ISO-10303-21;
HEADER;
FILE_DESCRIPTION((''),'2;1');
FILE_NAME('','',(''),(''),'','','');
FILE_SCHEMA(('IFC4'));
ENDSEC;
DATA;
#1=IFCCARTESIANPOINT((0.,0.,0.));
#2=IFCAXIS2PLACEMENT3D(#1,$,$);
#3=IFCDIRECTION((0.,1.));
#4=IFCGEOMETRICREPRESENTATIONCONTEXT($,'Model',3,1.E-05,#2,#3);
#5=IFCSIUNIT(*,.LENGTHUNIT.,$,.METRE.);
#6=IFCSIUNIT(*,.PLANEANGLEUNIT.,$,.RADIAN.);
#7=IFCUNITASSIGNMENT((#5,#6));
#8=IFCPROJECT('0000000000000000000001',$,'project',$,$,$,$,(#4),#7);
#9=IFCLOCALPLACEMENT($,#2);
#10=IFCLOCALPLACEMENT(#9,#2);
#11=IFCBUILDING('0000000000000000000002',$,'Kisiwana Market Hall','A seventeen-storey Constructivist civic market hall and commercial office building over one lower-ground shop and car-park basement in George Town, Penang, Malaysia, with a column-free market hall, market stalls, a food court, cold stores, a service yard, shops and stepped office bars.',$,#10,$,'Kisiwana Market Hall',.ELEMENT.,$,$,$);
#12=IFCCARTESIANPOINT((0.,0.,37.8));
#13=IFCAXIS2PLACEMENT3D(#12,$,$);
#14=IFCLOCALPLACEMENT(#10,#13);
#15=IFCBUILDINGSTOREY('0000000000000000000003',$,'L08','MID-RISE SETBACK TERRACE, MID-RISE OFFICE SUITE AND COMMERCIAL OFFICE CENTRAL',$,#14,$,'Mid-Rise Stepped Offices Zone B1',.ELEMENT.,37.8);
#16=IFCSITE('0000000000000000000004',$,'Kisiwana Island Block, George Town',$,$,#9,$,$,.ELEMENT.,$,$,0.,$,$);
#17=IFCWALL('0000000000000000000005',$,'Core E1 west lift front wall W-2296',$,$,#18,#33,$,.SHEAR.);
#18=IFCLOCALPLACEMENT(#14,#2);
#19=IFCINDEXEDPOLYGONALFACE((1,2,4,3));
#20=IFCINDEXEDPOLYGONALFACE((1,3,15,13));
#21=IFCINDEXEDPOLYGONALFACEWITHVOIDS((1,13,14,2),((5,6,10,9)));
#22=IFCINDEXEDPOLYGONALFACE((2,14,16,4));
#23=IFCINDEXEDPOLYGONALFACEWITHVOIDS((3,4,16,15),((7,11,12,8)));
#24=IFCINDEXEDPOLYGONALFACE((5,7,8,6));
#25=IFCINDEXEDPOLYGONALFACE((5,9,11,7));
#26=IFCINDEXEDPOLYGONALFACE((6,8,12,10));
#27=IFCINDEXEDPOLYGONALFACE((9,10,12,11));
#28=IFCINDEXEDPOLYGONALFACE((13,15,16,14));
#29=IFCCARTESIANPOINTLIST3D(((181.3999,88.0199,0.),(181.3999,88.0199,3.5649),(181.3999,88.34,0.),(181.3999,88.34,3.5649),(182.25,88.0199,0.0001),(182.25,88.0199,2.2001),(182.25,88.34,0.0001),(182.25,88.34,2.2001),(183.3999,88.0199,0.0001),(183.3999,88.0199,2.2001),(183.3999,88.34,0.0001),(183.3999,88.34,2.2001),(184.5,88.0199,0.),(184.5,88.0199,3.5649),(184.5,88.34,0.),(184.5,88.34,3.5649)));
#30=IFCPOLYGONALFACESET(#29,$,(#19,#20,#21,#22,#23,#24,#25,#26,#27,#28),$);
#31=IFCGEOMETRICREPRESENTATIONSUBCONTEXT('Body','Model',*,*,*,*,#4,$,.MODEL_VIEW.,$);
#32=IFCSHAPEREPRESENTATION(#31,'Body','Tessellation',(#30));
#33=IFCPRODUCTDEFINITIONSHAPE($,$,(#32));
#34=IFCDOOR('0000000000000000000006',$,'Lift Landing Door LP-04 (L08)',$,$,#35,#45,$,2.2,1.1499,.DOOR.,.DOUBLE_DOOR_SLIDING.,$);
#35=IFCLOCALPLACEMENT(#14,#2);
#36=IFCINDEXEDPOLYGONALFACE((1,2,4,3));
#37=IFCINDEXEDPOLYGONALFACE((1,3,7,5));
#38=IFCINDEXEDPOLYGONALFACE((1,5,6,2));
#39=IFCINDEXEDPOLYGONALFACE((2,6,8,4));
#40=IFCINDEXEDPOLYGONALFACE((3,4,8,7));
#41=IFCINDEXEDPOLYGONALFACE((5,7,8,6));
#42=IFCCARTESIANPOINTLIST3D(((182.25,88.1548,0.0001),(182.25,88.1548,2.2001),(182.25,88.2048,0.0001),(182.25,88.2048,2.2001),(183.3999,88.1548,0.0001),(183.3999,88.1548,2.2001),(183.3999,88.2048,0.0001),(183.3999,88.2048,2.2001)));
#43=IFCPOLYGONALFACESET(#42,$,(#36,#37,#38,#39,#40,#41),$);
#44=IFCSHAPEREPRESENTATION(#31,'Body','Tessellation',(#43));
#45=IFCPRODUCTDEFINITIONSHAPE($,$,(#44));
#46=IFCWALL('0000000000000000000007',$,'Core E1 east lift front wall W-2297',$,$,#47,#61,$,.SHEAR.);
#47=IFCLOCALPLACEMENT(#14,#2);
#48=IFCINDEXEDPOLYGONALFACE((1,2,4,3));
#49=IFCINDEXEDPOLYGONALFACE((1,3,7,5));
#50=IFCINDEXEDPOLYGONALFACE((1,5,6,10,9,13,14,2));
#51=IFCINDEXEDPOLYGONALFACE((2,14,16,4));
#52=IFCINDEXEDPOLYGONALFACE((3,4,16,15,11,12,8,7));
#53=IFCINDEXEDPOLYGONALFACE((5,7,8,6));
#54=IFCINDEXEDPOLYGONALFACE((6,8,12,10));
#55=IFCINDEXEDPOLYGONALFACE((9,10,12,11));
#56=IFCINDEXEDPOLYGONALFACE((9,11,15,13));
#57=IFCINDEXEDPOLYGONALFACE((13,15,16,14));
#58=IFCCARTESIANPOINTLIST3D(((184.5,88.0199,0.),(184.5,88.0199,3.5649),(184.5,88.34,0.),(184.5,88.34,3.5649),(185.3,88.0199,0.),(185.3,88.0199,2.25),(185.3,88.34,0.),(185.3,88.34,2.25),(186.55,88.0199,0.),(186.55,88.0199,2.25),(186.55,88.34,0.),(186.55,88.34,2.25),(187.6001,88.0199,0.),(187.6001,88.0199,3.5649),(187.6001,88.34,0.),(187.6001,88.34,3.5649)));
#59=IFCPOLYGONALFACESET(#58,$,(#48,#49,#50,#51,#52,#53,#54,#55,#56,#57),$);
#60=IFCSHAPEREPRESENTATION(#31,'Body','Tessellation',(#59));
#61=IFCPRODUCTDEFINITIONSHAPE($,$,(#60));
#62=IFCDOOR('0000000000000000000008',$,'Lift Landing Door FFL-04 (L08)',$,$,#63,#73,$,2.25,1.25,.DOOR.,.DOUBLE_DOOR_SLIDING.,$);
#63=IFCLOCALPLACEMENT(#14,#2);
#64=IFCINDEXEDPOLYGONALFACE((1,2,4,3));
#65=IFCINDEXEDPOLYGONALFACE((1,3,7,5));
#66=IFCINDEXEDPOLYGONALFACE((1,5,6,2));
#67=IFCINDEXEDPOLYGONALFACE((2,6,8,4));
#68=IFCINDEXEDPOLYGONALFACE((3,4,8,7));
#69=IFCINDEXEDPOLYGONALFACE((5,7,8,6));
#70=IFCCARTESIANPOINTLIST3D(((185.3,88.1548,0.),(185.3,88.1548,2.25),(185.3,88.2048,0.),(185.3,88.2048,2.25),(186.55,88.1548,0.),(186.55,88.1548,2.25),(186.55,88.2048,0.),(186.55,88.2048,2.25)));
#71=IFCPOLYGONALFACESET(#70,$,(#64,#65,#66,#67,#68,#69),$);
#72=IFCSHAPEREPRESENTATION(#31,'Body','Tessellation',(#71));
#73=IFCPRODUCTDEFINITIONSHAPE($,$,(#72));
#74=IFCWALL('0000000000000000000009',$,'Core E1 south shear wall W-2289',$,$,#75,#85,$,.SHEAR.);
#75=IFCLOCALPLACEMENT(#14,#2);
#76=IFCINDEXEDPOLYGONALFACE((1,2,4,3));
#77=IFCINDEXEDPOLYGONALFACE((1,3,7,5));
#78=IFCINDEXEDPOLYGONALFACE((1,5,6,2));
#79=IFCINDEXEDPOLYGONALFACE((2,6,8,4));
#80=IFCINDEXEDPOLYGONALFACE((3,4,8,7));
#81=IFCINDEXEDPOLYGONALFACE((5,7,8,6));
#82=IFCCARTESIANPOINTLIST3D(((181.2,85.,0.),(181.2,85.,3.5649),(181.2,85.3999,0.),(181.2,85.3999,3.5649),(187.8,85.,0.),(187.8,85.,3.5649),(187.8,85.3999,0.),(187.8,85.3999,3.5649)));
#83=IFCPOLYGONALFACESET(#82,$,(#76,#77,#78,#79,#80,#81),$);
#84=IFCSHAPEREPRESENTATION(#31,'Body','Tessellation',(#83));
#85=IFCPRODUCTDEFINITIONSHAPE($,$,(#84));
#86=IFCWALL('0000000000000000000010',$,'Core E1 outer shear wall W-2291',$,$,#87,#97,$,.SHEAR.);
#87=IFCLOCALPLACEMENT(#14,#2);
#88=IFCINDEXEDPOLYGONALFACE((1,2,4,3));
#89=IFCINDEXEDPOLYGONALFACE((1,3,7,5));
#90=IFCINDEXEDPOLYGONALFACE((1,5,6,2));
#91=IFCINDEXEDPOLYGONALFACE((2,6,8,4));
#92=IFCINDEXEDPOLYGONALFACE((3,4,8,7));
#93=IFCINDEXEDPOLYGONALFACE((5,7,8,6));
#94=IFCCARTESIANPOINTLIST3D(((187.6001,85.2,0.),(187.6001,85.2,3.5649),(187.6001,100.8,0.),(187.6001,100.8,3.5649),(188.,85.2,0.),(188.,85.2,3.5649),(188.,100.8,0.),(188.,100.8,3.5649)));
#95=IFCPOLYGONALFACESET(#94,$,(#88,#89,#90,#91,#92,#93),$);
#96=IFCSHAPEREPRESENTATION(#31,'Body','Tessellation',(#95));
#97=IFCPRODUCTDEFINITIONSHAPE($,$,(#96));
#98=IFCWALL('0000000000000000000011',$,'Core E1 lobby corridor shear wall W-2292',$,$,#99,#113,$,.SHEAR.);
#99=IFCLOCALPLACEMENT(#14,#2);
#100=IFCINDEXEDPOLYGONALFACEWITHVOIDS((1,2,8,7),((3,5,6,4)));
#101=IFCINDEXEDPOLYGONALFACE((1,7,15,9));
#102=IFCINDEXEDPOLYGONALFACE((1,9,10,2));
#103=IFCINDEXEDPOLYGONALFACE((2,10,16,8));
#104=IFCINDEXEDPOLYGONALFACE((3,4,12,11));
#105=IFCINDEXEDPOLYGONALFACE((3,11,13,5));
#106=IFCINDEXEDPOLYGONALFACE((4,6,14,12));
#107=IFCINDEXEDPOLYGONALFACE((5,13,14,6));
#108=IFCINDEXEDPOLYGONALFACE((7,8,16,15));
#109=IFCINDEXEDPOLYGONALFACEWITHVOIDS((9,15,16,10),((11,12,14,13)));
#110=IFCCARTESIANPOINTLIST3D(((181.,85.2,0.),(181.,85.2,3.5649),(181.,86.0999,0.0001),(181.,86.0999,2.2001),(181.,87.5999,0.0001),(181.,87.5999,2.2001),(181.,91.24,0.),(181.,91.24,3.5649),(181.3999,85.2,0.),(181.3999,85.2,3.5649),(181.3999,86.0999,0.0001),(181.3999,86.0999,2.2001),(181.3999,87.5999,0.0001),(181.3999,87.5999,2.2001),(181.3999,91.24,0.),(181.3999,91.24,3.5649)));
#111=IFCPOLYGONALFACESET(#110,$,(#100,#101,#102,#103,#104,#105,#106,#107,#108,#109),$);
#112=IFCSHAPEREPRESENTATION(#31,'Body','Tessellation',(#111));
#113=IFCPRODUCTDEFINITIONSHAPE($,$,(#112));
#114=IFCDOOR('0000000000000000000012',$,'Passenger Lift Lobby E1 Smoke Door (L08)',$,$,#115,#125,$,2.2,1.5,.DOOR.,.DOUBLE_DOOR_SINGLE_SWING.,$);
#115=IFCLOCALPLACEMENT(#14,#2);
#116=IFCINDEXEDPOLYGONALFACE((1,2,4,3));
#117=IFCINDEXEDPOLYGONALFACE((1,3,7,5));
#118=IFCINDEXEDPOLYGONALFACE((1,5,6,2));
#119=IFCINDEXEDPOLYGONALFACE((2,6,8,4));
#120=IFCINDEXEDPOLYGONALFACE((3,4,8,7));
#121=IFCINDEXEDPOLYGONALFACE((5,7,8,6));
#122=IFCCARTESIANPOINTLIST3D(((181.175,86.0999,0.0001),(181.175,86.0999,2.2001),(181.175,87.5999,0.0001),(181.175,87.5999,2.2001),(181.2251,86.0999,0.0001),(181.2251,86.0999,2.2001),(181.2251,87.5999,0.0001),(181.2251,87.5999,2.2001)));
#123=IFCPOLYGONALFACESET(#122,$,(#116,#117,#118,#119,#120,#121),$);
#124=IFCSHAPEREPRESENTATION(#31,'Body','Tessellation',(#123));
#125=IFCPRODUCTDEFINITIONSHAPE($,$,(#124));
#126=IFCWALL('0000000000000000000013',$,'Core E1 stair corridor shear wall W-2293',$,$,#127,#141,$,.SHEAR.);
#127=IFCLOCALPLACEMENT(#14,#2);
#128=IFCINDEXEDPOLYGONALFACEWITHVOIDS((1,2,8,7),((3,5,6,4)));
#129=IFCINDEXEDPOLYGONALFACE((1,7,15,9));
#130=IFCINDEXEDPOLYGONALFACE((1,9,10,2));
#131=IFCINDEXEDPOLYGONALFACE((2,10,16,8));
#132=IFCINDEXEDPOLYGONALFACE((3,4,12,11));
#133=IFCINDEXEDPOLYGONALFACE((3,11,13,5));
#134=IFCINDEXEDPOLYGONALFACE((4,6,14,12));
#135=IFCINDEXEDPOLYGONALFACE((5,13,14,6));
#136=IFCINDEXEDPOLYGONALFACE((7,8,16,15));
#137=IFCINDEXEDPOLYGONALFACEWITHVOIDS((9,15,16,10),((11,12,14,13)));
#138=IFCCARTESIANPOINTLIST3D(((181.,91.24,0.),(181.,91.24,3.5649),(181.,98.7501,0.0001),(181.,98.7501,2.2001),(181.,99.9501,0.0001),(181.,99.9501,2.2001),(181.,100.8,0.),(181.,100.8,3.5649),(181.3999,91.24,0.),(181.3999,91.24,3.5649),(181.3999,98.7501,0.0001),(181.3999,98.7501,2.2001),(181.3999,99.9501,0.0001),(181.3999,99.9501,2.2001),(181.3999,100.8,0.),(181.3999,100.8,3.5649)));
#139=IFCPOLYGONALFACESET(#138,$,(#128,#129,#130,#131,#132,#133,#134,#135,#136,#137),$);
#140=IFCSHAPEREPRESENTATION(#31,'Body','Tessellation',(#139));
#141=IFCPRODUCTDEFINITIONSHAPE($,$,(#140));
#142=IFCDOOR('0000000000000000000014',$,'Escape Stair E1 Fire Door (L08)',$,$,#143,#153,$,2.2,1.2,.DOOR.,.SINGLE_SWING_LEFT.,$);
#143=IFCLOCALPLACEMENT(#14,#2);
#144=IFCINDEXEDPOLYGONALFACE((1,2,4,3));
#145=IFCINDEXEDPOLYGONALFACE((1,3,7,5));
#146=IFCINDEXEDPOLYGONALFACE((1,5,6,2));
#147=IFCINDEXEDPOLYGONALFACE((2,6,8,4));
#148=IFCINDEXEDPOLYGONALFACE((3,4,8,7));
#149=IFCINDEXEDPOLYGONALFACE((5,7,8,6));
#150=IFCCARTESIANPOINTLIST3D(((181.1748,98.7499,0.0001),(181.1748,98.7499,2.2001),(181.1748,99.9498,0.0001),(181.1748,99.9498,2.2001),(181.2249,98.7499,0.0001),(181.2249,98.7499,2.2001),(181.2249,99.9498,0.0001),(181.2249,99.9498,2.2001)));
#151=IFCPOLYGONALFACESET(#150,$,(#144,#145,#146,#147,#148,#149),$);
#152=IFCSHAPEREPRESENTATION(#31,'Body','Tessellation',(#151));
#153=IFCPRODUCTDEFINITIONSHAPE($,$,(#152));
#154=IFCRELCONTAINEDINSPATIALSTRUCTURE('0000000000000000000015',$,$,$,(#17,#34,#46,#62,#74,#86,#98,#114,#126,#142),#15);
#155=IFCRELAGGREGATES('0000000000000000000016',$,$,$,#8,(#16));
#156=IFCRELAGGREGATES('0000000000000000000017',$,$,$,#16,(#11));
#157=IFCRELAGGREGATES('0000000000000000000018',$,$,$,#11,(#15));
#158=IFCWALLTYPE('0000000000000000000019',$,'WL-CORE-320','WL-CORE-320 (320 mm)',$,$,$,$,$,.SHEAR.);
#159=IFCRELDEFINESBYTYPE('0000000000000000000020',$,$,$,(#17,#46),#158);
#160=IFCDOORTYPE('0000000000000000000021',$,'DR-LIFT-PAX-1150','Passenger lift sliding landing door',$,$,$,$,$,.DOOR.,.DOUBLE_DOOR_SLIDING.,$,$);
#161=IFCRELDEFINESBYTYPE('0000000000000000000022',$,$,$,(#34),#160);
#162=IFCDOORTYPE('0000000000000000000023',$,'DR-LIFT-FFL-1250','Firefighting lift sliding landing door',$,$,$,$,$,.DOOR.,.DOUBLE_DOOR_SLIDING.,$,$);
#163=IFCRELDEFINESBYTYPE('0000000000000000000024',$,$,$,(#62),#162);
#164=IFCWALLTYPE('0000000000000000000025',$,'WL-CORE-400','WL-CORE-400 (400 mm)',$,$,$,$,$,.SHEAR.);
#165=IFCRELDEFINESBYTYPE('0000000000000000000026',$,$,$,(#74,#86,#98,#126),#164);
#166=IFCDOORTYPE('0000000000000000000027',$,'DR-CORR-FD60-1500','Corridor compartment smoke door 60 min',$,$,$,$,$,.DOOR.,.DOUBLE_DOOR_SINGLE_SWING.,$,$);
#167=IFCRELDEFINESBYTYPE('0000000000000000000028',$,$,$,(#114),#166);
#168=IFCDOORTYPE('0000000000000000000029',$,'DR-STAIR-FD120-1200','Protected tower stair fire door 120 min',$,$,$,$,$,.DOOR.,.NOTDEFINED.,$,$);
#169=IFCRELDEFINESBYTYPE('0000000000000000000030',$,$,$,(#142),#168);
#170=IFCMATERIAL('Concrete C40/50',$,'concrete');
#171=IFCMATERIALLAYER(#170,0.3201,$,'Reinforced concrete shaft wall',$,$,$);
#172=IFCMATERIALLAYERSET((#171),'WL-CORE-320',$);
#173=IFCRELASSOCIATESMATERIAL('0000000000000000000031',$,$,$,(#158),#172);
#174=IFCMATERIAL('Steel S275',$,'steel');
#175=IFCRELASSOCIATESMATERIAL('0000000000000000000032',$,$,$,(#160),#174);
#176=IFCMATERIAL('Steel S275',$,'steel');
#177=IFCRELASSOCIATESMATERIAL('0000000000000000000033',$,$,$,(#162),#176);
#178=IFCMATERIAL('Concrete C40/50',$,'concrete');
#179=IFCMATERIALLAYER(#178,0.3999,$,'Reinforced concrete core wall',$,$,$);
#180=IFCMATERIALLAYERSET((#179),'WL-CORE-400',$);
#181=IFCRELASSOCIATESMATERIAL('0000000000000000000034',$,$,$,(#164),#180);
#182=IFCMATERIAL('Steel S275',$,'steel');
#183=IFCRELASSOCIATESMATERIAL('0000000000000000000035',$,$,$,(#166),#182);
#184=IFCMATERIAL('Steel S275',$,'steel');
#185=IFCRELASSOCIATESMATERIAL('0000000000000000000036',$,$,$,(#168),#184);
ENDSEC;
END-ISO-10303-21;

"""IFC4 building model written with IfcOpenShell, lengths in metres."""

from ifc_helpers import new_model, si_unit, direction, frame, frame_2d, origin, place, context, subcontext, project, spatial, rectangle, extrude, material, layer, layer_set, type_object, element, fill, save


model = new_model("IFC4")

# Units and contexts
model_context = context("Model", 3, precision=1e-05, world=origin(), true_north=direction((0.0, 1.0)))
body_context = subcontext(model_context, "Body", "Model", "MODEL_VIEW")
ifc_project = project(units=[si_unit("LENGTHUNIT", "METRE"), si_unit("PLANEANGLEUNIT", "RADIAN")], contexts=[model_context])

# Site, building, storey
site_placement = place(None, origin())
site = spatial("IfcSite", under=ifc_project, at=site_placement, Name="Kisiwana Island Block, George Town", CompositionType="ELEMENT", RefElevation=0.0)
building_placement = place(site_placement, origin())
building = spatial("IfcBuilding", under=site, at=building_placement, Name="Kisiwana Market Hall", Description="A seventeen-storey Constructivist civic market hall and commercial office building over one lower-ground shop and car-park basement in George Town, Penang, Malaysia, with a column-free market hall, market stalls, a food court, cold stores, a service yard, shops and stepped office bars.", LongName="Kisiwana Market Hall", CompositionType="ELEMENT")
storey_placement = place(building_placement, frame((0.0, 0.0, 37.8)))
storey = spatial("IfcBuildingStorey", under=building, at=storey_placement, Name="L08", Description="MID-RISE SETBACK TERRACE, MID-RISE OFFICE SUITE AND COMMERCIAL OFFICE CENTRAL", LongName="Mid-Rise Stepped Offices Zone B1", CompositionType="ELEMENT", Elevation=37.8)

# Shared definitions
ifc_material_1 = material(Name="Concrete C40/50", Category="concrete")
ifc_layer_1 = layer(ifc_material_1, 0.3201, Name="Reinforced concrete shaft wall")
ifc_layer_set_1 = layer_set([ifc_layer_1], Name="WL-CORE-320")
wall_type_1 = type_object("IfcWallType", Name="WL-CORE-320", Description="WL-CORE-320 (320 mm)", PredefinedType="SHEAR", material=ifc_layer_set_1)

# Walls, openings, doors
wall_1_placement = place(storey_placement, frame((181.3999, 88.1799, 0.0), z_axis=(0.0, 0.0, 1.0), x_axis=(1.0, 0.0, 0.0)))
wall_1 = element("IfcWall", 1, at=wall_1_placement, inside=storey, type_object=wall_type_1, Name="Core E1 west lift front wall W-2296", PredefinedType="SHEAR", context=body_context, shape_type="SweptSolid", body=[
    extrude(rectangle(XDim=3.1001, YDim=0.3201, at=frame_2d((1.55, 0.0))), origin(), (0.0, 0.0, 1.0), 3.5649),
])
opening_1_placement = place(wall_1_placement, frame((0.8501, 0.0, 0.0)))
opening_1 = element("IfcOpeningElement", 2, at=opening_1_placement, cuts=wall_1, PredefinedType="OPENING", context=body_context, shape_type="SweptSolid", body=[
    extrude(rectangle(XDim=1.1499, YDim=2.2, at=frame_2d((0.575, 1.1001))), frame((0.0, 0.1719, 0.0), z_axis=(0.0, -1.0, 0.0), x_axis=(1.0, 0.0, 0.0)), (0.0, 0.0, 1.0), 0.344),
])
ifc_material_2 = material(Name="Steel S275", Category="steel")
door_type_1 = type_object("IfcDoorType", Name="DR-LIFT-PAX-1150", Description="Passenger lift sliding landing door", OperationType="DOUBLE_DOOR_SLIDING", PredefinedType="DOOR", material=ifc_material_2)
door_1_placement = place(opening_1_placement, origin())
door_1 = element("IfcDoor", 3, at=door_1_placement, inside=storey, type_object=door_type_1, Name="Lift Landing Door LP-04 (L08)", OperationType="DOUBLE_DOOR_SLIDING", OverallHeight=2.2, OverallWidth=1.1499, PredefinedType="DOOR", context=body_context, shape_type="SweptSolid", body=[
    extrude(rectangle(XDim=1.1499, YDim=2.2, at=frame_2d((0.575, 1.1001))), frame((0.0, 0.0249, 0.0), z_axis=(0.0, -1.0, 0.0), x_axis=(1.0, 0.0, 0.0)), (0.0, 0.0, 1.0), 0.05),
])
fill(opening_1, door_1)
wall_2_placement = place(storey_placement, frame((184.5, 88.1799, 0.0), z_axis=(0.0, 0.0, 1.0), x_axis=(1.0, 0.0, 0.0)))
wall_2 = element("IfcWall", 4, at=wall_2_placement, inside=storey, type_object=wall_type_1, Name="Core E1 east lift front wall W-2297", PredefinedType="SHEAR", context=body_context, shape_type="SweptSolid", body=[
    extrude(rectangle(XDim=3.1001, YDim=0.3201, at=frame_2d((1.55, 0.0))), origin(), (0.0, 0.0, 1.0), 3.5649),
])
opening_2_placement = place(wall_2_placement, frame((0.8, 0.0, 0.0)))
opening_2 = element("IfcOpeningElement", 5, at=opening_2_placement, cuts=wall_2, PredefinedType="OPENING", context=body_context, shape_type="SweptSolid", body=[
    extrude(rectangle(XDim=1.25, YDim=2.25, at=frame_2d((0.625, 1.125))), frame((0.0, 0.1719, 0.0), z_axis=(0.0, -1.0, 0.0), x_axis=(1.0, 0.0, 0.0)), (0.0, 0.0, 1.0), 0.344),
])
ifc_material_3 = material(Name="Steel S275", Category="steel")
door_type_2 = type_object("IfcDoorType", Name="DR-LIFT-FFL-1250", Description="Firefighting lift sliding landing door", OperationType="DOUBLE_DOOR_SLIDING", PredefinedType="DOOR", material=ifc_material_3)
door_2_placement = place(opening_2_placement, origin())
door_2 = element("IfcDoor", 6, at=door_2_placement, inside=storey, type_object=door_type_2, Name="Lift Landing Door FFL-04 (L08)", OperationType="DOUBLE_DOOR_SLIDING", OverallHeight=2.25, OverallWidth=1.25, PredefinedType="DOOR", context=body_context, shape_type="SweptSolid", body=[
    extrude(rectangle(XDim=1.25, YDim=2.25, at=frame_2d((0.625, 1.125))), frame((0.0, 0.0249, 0.0), z_axis=(0.0, -1.0, 0.0), x_axis=(1.0, 0.0, 0.0)), (0.0, 0.0, 1.0), 0.05),
])
fill(opening_2, door_2)

# Walls
ifc_material_4 = material(Name="Concrete C40/50", Category="concrete")
ifc_layer_2 = layer(ifc_material_4, 0.3999, Name="Reinforced concrete core wall")
ifc_layer_set_2 = layer_set([ifc_layer_2], Name="WL-CORE-400")
wall_type_2 = type_object("IfcWallType", Name="WL-CORE-400", Description="WL-CORE-400 (400 mm)", PredefinedType="SHEAR", material=ifc_layer_set_2)
wall_3_placement = place(storey_placement, frame((181.2, 85.2, 0.0), z_axis=(0.0, 0.0, 1.0), x_axis=(1.0, 0.0, 0.0)))
element("IfcWall", 7, at=wall_3_placement, inside=storey, type_object=wall_type_2, Name="Core E1 south shear wall W-2289", PredefinedType="SHEAR", context=body_context, shape_type="SweptSolid", body=[
    extrude(rectangle(XDim=6.6001, YDim=0.3999, at=frame_2d((3.3, 0.0))), origin(), (0.0, 0.0, 1.0), 3.5649),
])
wall_4_placement = place(storey_placement, frame((187.8, 85.2, 0.0), z_axis=(0.0, 0.0, 1.0), x_axis=(0.0, 1.0, 0.0)))
element("IfcWall", 8, at=wall_4_placement, inside=storey, type_object=wall_type_2, Name="Core E1 outer shear wall W-2291", PredefinedType="SHEAR", context=body_context, shape_type="SweptSolid", body=[
    extrude(rectangle(XDim=15.6001, YDim=0.3999, at=frame_2d((7.8, 0.0))), origin(), (0.0, 0.0, 1.0), 3.5649),
])

# Walls, openings, doors
wall_5_placement = place(storey_placement, frame((181.2, 85.2, 0.0), z_axis=(0.0, 0.0, 1.0), x_axis=(0.0, 1.0, 0.0)))
wall_5 = element("IfcWall", 9, at=wall_5_placement, inside=storey, type_object=wall_type_2, Name="Core E1 lobby corridor shear wall W-2292", PredefinedType="SHEAR", context=body_context, shape_type="SweptSolid", body=[
    extrude(rectangle(XDim=6.04, YDim=0.3999, at=frame_2d((3.02, 0.0))), origin(), (0.0, 0.0, 1.0), 3.5649),
])
opening_3_placement = place(wall_5_placement, frame((0.8999, 0.0, 0.0)))
opening_3 = element("IfcOpeningElement", 10, at=opening_3_placement, cuts=wall_5, PredefinedType="OPENING", context=body_context, shape_type="SweptSolid", body=[
    extrude(rectangle(XDim=1.5, YDim=2.2, at=frame_2d((0.75, 1.1001))), frame((0.0, 0.2119, 0.0), z_axis=(0.0, -1.0, 0.0), x_axis=(1.0, 0.0, 0.0)), (0.0, 0.0, 1.0), 0.4238),
])
ifc_material_5 = material(Name="Steel S275", Category="steel")
door_type_3 = type_object("IfcDoorType", Name="DR-CORR-FD60-1500", Description="Corridor compartment smoke door 60 min", OperationType="DOUBLE_DOOR_SINGLE_SWING", PredefinedType="DOOR", material=ifc_material_5)
door_3_placement = place(opening_3_placement, origin())
door_3 = element("IfcDoor", 11, at=door_3_placement, inside=storey, type_object=door_type_3, Name="Passenger Lift Lobby E1 Smoke Door (L08)", OperationType="DOUBLE_DOOR_SINGLE_SWING", OverallHeight=2.2, OverallWidth=1.5, PredefinedType="DOOR", context=body_context, shape_type="SweptSolid", body=[
    extrude(rectangle(XDim=1.5, YDim=2.2, at=frame_2d((0.75, 1.1001))), frame((0.0, 0.0249, 0.0), z_axis=(0.0, -1.0, 0.0), x_axis=(1.0, 0.0, 0.0)), (0.0, 0.0, 1.0), 0.05),
])
fill(opening_3, door_3)
wall_6_placement = place(storey_placement, frame((181.2, 91.24, 0.0), z_axis=(0.0, 0.0, 1.0), x_axis=(0.0, 1.0, 0.0)))
wall_6 = element("IfcWall", 12, at=wall_6_placement, inside=storey, type_object=wall_type_2, Name="Core E1 stair corridor shear wall W-2293", PredefinedType="SHEAR", context=body_context, shape_type="SweptSolid", body=[
    extrude(rectangle(XDim=9.5601, YDim=0.3999, at=frame_2d((4.78, 0.0))), origin(), (0.0, 0.0, 1.0), 3.5649),
])
opening_4_placement = place(wall_6_placement, frame((7.51, 0.0, 0.0)))
opening_4 = element("IfcOpeningElement", 13, at=opening_4_placement, cuts=wall_6, PredefinedType="OPENING", context=body_context, shape_type="SweptSolid", body=[
    extrude(rectangle(XDim=1.2, YDim=2.2, at=frame_2d((0.6001, 1.1001))), frame((0.0, 0.2119, 0.0), z_axis=(0.0, -1.0, 0.0), x_axis=(1.0, 0.0, 0.0)), (0.0, 0.0, 1.0), 0.4238),
])
ifc_material_6 = material(Name="Steel S275", Category="steel")
door_type_4 = type_object("IfcDoorType", Name="DR-STAIR-FD120-1200", Description="Protected tower stair fire door 120 min", OperationType="NOTDEFINED", PredefinedType="DOOR", material=ifc_material_6)
door_4_placement = place(opening_4_placement, frame((1.2, 0.0, 0.0), z_axis=(0.0, 0.0, 1.0), x_axis=(-1.0, 0.0, 0.0)))
door_4 = element("IfcDoor", 14, at=door_4_placement, inside=storey, type_object=door_type_4, Name="Escape Stair E1 Fire Door (L08)", OperationType="SINGLE_SWING_LEFT", OverallHeight=2.2, OverallWidth=1.2, PredefinedType="DOOR", context=body_context, shape_type="SweptSolid", body=[
    extrude(rectangle(XDim=1.2, YDim=2.2, at=frame_2d((0.6001, 1.1001))), frame((0.0, 0.0249, 0.0), z_axis=(0.0, -1.0, 0.0), x_axis=(1.0, 0.0, 0.0)), (0.0, 0.0, 1.0), 0.05),
])
fill(opening_4, door_4)

save(model, "model.ifc")
